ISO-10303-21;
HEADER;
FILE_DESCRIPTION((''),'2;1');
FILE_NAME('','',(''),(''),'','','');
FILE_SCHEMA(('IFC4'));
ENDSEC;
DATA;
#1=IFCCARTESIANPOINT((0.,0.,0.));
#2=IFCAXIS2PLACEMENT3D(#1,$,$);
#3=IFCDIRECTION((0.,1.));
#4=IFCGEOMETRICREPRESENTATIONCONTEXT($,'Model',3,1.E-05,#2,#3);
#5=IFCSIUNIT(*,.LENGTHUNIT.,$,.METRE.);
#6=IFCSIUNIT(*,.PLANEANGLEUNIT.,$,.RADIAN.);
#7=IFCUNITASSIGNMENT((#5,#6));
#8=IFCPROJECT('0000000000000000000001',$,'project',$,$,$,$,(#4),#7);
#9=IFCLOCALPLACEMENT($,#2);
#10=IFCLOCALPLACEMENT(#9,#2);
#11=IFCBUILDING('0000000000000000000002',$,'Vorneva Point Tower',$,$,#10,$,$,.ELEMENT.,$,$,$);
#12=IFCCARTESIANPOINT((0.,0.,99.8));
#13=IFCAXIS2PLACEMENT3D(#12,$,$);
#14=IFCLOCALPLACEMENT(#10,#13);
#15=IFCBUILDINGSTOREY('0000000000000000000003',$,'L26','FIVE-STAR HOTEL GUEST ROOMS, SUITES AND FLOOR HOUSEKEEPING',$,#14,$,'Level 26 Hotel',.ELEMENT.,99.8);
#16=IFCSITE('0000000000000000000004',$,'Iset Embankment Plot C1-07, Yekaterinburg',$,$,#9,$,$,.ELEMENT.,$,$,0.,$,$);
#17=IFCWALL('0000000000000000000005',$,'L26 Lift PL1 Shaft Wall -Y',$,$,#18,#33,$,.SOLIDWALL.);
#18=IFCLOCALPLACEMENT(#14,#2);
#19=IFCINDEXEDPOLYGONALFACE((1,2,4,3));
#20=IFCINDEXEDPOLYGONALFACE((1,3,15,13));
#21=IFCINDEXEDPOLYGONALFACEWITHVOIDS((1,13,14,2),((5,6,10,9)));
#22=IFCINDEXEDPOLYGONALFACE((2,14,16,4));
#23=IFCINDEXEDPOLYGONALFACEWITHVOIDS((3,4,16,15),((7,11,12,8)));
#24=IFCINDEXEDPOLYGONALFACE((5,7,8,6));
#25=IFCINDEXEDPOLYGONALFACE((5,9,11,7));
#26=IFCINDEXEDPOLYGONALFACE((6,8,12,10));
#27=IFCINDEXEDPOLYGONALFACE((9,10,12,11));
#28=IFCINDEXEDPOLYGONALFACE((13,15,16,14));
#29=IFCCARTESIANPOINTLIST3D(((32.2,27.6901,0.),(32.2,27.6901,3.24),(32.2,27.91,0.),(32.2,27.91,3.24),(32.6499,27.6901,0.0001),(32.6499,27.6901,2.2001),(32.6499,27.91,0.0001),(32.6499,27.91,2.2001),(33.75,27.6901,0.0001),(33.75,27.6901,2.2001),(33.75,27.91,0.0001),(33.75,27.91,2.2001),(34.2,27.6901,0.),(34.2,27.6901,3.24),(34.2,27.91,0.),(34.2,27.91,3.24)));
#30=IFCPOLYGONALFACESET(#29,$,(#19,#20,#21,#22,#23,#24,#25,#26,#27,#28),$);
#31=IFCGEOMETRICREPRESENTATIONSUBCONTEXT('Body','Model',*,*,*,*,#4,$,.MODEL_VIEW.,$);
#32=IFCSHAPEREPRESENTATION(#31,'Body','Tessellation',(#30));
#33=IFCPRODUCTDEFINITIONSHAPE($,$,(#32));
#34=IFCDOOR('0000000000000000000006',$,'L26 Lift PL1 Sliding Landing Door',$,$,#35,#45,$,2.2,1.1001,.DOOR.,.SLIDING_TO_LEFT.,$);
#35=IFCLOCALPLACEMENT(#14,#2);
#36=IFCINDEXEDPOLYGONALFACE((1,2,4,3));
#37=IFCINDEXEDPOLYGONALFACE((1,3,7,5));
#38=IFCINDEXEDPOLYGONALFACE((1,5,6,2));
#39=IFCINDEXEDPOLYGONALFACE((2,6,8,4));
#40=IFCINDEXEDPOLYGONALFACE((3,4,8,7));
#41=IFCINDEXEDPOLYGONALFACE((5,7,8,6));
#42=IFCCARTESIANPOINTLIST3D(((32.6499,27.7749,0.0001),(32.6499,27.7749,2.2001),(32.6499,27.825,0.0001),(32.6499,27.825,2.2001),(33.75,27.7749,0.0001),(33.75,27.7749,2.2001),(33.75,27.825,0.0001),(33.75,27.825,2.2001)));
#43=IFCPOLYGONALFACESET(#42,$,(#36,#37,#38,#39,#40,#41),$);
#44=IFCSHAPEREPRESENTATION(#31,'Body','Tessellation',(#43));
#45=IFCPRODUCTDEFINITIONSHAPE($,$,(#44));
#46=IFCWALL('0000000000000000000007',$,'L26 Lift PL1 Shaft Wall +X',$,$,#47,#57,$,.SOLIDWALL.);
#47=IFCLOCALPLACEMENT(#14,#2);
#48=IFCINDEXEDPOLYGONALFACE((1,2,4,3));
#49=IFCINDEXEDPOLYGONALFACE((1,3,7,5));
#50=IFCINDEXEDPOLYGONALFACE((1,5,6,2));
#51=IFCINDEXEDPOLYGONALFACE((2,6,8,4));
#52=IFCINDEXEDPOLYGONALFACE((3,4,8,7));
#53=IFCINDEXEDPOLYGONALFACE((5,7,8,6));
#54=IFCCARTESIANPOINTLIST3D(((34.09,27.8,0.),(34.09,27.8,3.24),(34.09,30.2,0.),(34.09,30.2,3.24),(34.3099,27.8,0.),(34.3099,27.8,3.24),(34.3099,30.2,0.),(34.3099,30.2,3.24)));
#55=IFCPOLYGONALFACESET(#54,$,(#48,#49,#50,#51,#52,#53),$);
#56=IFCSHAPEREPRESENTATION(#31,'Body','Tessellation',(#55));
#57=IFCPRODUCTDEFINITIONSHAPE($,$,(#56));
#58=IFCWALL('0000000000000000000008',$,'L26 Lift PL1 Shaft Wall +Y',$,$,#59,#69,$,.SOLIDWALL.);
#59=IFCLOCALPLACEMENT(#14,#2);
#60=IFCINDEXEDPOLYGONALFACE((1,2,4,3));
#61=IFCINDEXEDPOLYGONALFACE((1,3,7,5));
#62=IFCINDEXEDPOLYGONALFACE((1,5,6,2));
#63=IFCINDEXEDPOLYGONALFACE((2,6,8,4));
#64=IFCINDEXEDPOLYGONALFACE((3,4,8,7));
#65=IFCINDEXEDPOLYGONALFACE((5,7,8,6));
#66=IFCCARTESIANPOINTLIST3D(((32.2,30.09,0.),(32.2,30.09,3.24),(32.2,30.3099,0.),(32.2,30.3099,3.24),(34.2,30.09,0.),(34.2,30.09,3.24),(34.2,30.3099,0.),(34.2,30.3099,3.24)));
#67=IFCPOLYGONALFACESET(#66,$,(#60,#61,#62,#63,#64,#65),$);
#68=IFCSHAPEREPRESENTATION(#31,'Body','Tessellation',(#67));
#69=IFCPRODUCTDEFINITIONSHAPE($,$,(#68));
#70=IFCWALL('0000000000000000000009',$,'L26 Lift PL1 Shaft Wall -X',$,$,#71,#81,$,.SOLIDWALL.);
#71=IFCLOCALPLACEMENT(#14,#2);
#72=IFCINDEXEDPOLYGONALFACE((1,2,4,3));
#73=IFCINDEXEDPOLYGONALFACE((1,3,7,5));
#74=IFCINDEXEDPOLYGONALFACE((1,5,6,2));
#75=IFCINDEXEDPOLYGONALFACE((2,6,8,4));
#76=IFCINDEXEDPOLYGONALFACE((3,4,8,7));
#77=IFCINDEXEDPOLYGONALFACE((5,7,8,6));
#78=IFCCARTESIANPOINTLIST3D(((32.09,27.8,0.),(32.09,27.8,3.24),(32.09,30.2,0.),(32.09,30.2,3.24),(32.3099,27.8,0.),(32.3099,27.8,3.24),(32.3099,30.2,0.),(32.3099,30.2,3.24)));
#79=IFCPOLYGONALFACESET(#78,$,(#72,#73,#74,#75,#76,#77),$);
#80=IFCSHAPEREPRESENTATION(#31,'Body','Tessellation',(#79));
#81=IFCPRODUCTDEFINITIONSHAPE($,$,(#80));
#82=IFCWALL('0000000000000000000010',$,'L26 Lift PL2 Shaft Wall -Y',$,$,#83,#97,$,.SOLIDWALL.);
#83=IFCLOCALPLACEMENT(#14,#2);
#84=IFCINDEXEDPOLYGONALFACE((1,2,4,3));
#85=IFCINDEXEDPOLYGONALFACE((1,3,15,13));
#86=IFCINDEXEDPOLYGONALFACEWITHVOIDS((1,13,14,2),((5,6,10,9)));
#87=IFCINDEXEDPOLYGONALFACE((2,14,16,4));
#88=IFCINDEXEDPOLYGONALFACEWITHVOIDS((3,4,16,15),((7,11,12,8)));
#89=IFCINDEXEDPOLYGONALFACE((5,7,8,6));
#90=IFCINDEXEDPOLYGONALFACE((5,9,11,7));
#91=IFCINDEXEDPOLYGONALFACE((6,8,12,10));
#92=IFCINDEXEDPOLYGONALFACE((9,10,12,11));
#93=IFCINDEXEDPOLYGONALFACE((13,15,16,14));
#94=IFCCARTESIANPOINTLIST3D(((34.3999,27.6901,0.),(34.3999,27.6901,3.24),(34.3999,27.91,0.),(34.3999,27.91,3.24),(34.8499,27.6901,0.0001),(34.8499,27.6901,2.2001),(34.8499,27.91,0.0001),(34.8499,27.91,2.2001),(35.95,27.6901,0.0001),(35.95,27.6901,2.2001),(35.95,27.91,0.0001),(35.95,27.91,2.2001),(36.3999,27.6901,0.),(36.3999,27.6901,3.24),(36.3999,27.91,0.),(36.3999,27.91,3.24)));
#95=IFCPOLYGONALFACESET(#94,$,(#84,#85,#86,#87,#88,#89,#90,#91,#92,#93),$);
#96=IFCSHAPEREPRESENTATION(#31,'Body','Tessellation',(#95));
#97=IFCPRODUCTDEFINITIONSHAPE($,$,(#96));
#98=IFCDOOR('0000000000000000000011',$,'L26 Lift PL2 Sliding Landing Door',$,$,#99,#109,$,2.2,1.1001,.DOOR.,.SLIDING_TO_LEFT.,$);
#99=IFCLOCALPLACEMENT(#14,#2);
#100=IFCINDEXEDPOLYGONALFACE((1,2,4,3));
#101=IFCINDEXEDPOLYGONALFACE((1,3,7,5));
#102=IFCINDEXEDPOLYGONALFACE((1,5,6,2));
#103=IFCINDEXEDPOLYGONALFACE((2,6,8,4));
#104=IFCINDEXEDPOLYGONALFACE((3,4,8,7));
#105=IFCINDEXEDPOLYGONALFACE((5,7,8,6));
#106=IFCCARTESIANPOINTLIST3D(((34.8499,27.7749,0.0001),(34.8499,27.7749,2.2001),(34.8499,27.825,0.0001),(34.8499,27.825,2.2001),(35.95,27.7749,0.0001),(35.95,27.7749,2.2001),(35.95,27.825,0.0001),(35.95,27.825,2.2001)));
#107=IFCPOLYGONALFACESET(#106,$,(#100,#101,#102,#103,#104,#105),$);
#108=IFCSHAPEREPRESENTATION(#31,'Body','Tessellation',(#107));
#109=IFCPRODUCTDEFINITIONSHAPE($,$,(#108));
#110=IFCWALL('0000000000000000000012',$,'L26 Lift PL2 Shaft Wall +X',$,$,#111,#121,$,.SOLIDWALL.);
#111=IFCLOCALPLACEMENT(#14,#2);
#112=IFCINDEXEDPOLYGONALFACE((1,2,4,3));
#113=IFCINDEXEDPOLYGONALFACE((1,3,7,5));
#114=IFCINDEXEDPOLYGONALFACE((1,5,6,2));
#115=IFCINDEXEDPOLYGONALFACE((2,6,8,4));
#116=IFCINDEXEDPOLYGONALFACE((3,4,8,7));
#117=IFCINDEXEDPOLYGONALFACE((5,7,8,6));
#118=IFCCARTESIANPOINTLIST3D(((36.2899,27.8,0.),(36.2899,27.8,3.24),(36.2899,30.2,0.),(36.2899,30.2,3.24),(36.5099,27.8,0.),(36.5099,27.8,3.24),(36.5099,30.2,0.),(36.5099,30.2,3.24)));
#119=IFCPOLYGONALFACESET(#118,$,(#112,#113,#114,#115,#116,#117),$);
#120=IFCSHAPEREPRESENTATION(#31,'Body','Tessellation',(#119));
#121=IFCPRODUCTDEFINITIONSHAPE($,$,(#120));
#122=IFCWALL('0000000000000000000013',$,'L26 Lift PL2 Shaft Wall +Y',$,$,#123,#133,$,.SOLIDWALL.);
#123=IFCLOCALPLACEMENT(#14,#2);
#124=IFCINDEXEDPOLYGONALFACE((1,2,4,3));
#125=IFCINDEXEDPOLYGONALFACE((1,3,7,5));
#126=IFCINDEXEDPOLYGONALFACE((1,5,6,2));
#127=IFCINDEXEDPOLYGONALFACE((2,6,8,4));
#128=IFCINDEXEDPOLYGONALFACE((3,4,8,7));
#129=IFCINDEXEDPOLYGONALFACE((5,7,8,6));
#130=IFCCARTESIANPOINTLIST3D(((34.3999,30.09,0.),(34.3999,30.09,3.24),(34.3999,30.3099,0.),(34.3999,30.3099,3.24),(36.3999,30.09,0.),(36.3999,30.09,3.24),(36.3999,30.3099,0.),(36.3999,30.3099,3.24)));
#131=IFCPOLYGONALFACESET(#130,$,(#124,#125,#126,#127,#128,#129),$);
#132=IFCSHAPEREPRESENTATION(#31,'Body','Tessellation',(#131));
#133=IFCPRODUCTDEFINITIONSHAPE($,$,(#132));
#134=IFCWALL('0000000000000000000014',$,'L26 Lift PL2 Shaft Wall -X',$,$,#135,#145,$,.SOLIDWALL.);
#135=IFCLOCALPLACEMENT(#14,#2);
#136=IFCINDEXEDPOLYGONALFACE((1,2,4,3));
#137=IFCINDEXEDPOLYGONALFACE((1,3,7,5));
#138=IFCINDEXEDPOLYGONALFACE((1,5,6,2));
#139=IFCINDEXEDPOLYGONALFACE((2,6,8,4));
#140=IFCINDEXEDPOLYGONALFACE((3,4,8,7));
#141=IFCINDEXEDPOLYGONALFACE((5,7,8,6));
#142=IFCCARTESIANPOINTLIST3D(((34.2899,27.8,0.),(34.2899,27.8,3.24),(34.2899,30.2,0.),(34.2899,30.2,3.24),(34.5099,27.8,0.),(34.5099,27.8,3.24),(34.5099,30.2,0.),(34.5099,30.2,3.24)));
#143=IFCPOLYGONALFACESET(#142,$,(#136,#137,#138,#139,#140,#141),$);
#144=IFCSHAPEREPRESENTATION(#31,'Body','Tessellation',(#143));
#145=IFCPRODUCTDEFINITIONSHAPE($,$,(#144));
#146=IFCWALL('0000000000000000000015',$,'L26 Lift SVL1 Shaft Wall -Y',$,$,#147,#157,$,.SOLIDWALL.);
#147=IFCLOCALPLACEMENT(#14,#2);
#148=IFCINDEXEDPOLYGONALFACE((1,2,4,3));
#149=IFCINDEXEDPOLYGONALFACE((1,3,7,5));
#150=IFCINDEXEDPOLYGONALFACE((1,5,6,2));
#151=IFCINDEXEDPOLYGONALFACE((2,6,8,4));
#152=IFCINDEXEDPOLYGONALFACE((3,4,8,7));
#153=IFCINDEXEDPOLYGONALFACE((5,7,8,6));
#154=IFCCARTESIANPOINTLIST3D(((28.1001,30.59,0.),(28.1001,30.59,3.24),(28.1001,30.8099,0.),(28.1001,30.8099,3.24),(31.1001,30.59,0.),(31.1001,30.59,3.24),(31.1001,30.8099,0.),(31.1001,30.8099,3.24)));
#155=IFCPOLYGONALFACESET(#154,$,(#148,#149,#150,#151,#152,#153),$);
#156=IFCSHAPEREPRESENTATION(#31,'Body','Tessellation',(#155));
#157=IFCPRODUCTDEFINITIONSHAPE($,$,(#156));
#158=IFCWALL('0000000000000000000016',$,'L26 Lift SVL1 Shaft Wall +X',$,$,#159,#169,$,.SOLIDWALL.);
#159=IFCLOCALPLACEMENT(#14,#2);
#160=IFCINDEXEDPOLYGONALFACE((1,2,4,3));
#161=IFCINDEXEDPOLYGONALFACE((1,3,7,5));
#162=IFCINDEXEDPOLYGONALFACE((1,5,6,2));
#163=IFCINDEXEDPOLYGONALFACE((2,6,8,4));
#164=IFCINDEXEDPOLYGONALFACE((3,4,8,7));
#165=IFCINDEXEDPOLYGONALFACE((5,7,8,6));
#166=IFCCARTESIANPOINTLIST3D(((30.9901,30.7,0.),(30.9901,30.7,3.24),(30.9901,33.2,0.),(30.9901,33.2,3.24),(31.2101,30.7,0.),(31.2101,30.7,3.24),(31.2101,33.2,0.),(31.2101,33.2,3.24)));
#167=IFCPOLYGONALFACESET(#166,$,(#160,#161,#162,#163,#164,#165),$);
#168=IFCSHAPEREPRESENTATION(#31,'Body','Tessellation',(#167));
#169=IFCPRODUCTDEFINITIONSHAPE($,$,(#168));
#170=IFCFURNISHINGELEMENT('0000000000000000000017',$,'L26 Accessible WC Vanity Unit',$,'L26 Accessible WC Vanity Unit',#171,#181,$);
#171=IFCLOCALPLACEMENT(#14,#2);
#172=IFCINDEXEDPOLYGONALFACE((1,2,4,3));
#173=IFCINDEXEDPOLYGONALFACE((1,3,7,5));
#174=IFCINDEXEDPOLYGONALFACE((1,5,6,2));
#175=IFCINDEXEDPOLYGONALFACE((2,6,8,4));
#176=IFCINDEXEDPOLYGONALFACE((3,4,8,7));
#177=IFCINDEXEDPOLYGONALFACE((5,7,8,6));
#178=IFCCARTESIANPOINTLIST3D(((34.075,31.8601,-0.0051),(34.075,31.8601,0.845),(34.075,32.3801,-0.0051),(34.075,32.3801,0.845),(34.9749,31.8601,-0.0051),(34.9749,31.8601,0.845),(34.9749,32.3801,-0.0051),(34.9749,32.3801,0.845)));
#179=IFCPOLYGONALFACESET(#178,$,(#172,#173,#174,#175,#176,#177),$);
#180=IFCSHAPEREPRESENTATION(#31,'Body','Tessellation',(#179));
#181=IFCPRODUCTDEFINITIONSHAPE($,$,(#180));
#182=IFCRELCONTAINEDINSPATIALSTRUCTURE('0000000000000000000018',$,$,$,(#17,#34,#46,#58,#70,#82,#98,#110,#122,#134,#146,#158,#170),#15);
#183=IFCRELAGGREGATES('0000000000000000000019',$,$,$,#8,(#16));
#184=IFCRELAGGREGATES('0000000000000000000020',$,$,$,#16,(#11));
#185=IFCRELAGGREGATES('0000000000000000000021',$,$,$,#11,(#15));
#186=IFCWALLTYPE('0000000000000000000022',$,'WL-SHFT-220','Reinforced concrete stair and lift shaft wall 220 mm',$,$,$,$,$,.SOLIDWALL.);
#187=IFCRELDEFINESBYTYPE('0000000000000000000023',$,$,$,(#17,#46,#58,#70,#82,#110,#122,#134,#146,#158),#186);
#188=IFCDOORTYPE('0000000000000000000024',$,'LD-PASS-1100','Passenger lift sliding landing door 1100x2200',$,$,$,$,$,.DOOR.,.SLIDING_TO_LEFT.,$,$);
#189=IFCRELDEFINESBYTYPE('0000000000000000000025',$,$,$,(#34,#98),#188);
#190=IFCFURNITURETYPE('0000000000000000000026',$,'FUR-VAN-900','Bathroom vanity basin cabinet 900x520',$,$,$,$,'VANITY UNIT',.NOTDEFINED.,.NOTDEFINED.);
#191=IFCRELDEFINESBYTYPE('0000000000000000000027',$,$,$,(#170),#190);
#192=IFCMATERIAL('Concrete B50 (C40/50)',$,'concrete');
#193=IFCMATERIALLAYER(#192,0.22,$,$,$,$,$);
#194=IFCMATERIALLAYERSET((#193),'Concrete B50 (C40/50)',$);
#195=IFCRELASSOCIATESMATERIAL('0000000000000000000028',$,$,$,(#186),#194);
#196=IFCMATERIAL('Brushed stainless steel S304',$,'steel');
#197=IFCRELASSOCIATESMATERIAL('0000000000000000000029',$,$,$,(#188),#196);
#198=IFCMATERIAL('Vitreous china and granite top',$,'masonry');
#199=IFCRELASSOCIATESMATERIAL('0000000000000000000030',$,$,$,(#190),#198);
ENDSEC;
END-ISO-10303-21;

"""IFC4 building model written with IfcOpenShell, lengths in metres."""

from ifc_helpers import new_model, si_unit, direction, frame, frame_2d, origin, origin_2d, place, context, subcontext, project, spatial, rectangle, extrude, material, layer, layer_set, type_object, element, fill, save


model = new_model("IFC4")

# Units and contexts
model_context = context("Model", 3, precision=1e-05, world=origin(), true_north=direction((0.0, 1.0)))
body_context = subcontext(model_context, "Body", "Model", "MODEL_VIEW")
ifc_project = project(units=[si_unit("LENGTHUNIT", "METRE"), si_unit("PLANEANGLEUNIT", "RADIAN")], contexts=[model_context])

# Site, building, storey
site_placement = place(None, origin())
site = spatial("IfcSite", under=ifc_project, at=site_placement, Name="Iset Embankment Plot C1-07, Yekaterinburg", CompositionType="ELEMENT", RefElevation=0.0)
building_placement = place(site_placement, origin())
building = spatial("IfcBuilding", under=site, at=building_placement, Name="Vorneva Point Tower", CompositionType="ELEMENT")
storey_placement = place(building_placement, frame((0.0, 0.0, 99.8)))
storey = spatial("IfcBuildingStorey", under=building, at=storey_placement, Name="L26", Description="FIVE-STAR HOTEL GUEST ROOMS, SUITES AND FLOOR HOUSEKEEPING", LongName="Level 26 Hotel", CompositionType="ELEMENT", Elevation=99.8)

# Wall, opening, door
ifc_material_1 = material(Name="Concrete B50 (C40/50)", Category="concrete")
ifc_layer_1 = layer(ifc_material_1, 0.22)
ifc_layer_set_1 = layer_set([ifc_layer_1], Name="Concrete B50 (C40/50)")
wall_type_1 = type_object("IfcWallType", Name="WL-SHFT-220", Description="Reinforced concrete stair and lift shaft wall 220 mm", PredefinedType="SOLIDWALL", material=ifc_layer_set_1)
wall_1_placement = place(storey_placement, frame((32.2, 27.8, 0.0), z_axis=(0.0, 0.0, 1.0), x_axis=(1.0, 0.0, 0.0)))
wall_1 = element("IfcWall", 1, at=wall_1_placement, inside=storey, type_object=wall_type_1, Name="L26 Lift PL1 Shaft Wall -Y", PredefinedType="SOLIDWALL", context=body_context, shape_type="SweptSolid", body=[
    extrude(rectangle(XDim=2.0, YDim=0.22, at=frame_2d((1.0, 0.0))), origin(), (0.0, 0.0, 1.0), 3.24),
])
opening_1_placement = place(wall_1_placement, frame((0.45, 0.0, 0.0)))
opening_1 = element("IfcOpeningElement", 2, at=opening_1_placement, cuts=wall_1, PredefinedType="OPENING", context=body_context, shape_type="SweptSolid", body=[
    extrude(rectangle(XDim=1.1001, YDim=2.2, at=frame_2d((0.55, 1.1001))), frame((0.0, 0.125, 0.0), z_axis=(0.0, -1.0, 0.0), x_axis=(1.0, 0.0, 0.0)), (0.0, 0.0, 1.0), 0.2498),
])
ifc_material_2 = material(Name="Brushed stainless steel S304", Category="steel")
door_type = type_object("IfcDoorType", Name="LD-PASS-1100", Description="Passenger lift sliding landing door 1100x2200", OperationType="SLIDING_TO_LEFT", PredefinedType="DOOR", material=ifc_material_2)
door_1_placement = place(opening_1_placement, origin())
door_1 = element("IfcDoor", 3, at=door_1_placement, inside=storey, type_object=door_type, Name="L26 Lift PL1 Sliding Landing Door", OperationType="SLIDING_TO_LEFT", OverallHeight=2.2, OverallWidth=1.1001, PredefinedType="DOOR", context=body_context, shape_type="SweptSolid", body=[
    extrude(rectangle(XDim=1.1001, YDim=2.2, at=frame_2d((0.55, 1.1001))), frame((0.0, 0.0249, 0.0), z_axis=(0.0, -1.0, 0.0), x_axis=(1.0, 0.0, 0.0)), (0.0, 0.0, 1.0), 0.05),
])
fill(opening_1, door_1)

# Walls
wall_2_placement = place(storey_placement, frame((34.2, 27.8, 0.0), z_axis=(0.0, 0.0, 1.0), x_axis=(0.0, 1.0, 0.0)))
element("IfcWall", 4, at=wall_2_placement, inside=storey, type_object=wall_type_1, Name="L26 Lift PL1 Shaft Wall +X", PredefinedType="SOLIDWALL", context=body_context, shape_type="SweptSolid", body=[
    extrude(rectangle(XDim=2.3999, YDim=0.22, at=frame_2d((1.2, 0.0))), origin(), (0.0, 0.0, 1.0), 3.24),
])
wall_3_placement = place(storey_placement, frame((34.2, 30.2, 0.0), z_axis=(0.0, 0.0, 1.0), x_axis=(-1.0, 0.0, 0.0)))
element("IfcWall", 5, at=wall_3_placement, inside=storey, type_object=wall_type_1, Name="L26 Lift PL1 Shaft Wall +Y", PredefinedType="SOLIDWALL", context=body_context, shape_type="SweptSolid", body=[
    extrude(rectangle(XDim=2.0, YDim=0.22, at=frame_2d((1.0, 0.0))), origin(), (0.0, 0.0, 1.0), 3.24),
])
wall_4_placement = place(storey_placement, frame((32.2, 30.2, 0.0), z_axis=(0.0, 0.0, 1.0), x_axis=(0.0, -1.0, 0.0)))
element("IfcWall", 6, at=wall_4_placement, inside=storey, type_object=wall_type_1, Name="L26 Lift PL1 Shaft Wall -X", PredefinedType="SOLIDWALL", context=body_context, shape_type="SweptSolid", body=[
    extrude(rectangle(XDim=2.3999, YDim=0.22, at=frame_2d((1.2, 0.0))), origin(), (0.0, 0.0, 1.0), 3.24),
])

# Wall, opening, door
wall_5_placement = place(storey_placement, frame((34.3999, 27.8, 0.0), z_axis=(0.0, 0.0, 1.0), x_axis=(1.0, 0.0, 0.0)))
wall_5 = element("IfcWall", 7, at=wall_5_placement, inside=storey, type_object=wall_type_1, Name="L26 Lift PL2 Shaft Wall -Y", PredefinedType="SOLIDWALL", context=body_context, shape_type="SweptSolid", body=[
    extrude(rectangle(XDim=2.0, YDim=0.22, at=frame_2d((1.0, 0.0))), origin(), (0.0, 0.0, 1.0), 3.24),
])
opening_2_placement = place(wall_5_placement, frame((0.45, 0.0, 0.0)))
opening_2 = element("IfcOpeningElement", 8, at=opening_2_placement, cuts=wall_5, PredefinedType="OPENING", context=body_context, shape_type="SweptSolid", body=[
    extrude(rectangle(XDim=1.1001, YDim=2.2, at=frame_2d((0.55, 1.1001))), frame((0.0, 0.125, 0.0), z_axis=(0.0, -1.0, 0.0), x_axis=(1.0, 0.0, 0.0)), (0.0, 0.0, 1.0), 0.2498),
])
door_2_placement = place(opening_2_placement, origin())
door_2 = element("IfcDoor", 9, at=door_2_placement, inside=storey, type_object=door_type, Name="L26 Lift PL2 Sliding Landing Door", OperationType="SLIDING_TO_LEFT", OverallHeight=2.2, OverallWidth=1.1001, PredefinedType="DOOR", context=body_context, shape_type="SweptSolid", body=[
    extrude(rectangle(XDim=1.1001, YDim=2.2, at=frame_2d((0.55, 1.1001))), frame((0.0, 0.0249, 0.0), z_axis=(0.0, -1.0, 0.0), x_axis=(1.0, 0.0, 0.0)), (0.0, 0.0, 1.0), 0.05),
])
fill(opening_2, door_2)

# Walls
wall_6_placement = place(storey_placement, frame((36.3999, 27.8, 0.0), z_axis=(0.0, 0.0, 1.0), x_axis=(0.0, 1.0, 0.0)))
element("IfcWall", 10, at=wall_6_placement, inside=storey, type_object=wall_type_1, Name="L26 Lift PL2 Shaft Wall +X", PredefinedType="SOLIDWALL", context=body_context, shape_type="SweptSolid", body=[
    extrude(rectangle(XDim=2.3999, YDim=0.22, at=frame_2d((1.2, 0.0))), origin(), (0.0, 0.0, 1.0), 3.24),
])
wall_7_placement = place(storey_placement, frame((36.3999, 30.2, 0.0), z_axis=(0.0, 0.0, 1.0), x_axis=(-1.0, 0.0, 0.0)))
element("IfcWall", 11, at=wall_7_placement, inside=storey, type_object=wall_type_1, Name="L26 Lift PL2 Shaft Wall +Y", PredefinedType="SOLIDWALL", context=body_context, shape_type="SweptSolid", body=[
    extrude(rectangle(XDim=2.0, YDim=0.22, at=frame_2d((1.0, 0.0))), origin(), (0.0, 0.0, 1.0), 3.24),
])
wall_8_placement = place(storey_placement, frame((34.3999, 30.2, 0.0), z_axis=(0.0, 0.0, 1.0), x_axis=(0.0, -1.0, 0.0)))
element("IfcWall", 12, at=wall_8_placement, inside=storey, type_object=wall_type_1, Name="L26 Lift PL2 Shaft Wall -X", PredefinedType="SOLIDWALL", context=body_context, shape_type="SweptSolid", body=[
    extrude(rectangle(XDim=2.3999, YDim=0.22, at=frame_2d((1.2, 0.0))), origin(), (0.0, 0.0, 1.0), 3.24),
])
wall_9_placement = place(storey_placement, frame((28.1001, 30.7, 0.0), z_axis=(0.0, 0.0, 1.0), x_axis=(1.0, 0.0, 0.0)))
element("IfcWall", 13, at=wall_9_placement, inside=storey, type_object=wall_type_1, Name="L26 Lift SVL1 Shaft Wall -Y", PredefinedType="SOLIDWALL", context=body_context, shape_type="SweptSolid", body=[
    extrude(rectangle(XDim=3.0, YDim=0.22, at=frame_2d((1.5, 0.0))), origin(), (0.0, 0.0, 1.0), 3.24),
])
wall_10_placement = place(storey_placement, frame((31.1001, 30.7, 0.0), z_axis=(0.0, 0.0, 1.0), x_axis=(0.0, 1.0, 0.0)))
element("IfcWall", 14, at=wall_10_placement, inside=storey, type_object=wall_type_1, Name="L26 Lift SVL1 Shaft Wall +X", PredefinedType="SOLIDWALL", context=body_context, shape_type="SweptSolid", body=[
    extrude(rectangle(XDim=2.5, YDim=0.22, at=frame_2d((1.25, 0.0))), origin(), (0.0, 0.0, 1.0), 3.24),
])

# Furnishing element
ifc_material_3 = material(Name="Vitreous china and granite top", Category="masonry")
furniture_type = type_object("IfcFurnitureType", Name="FUR-VAN-900", Description="Bathroom vanity basin cabinet 900x520", ElementType="VANITY UNIT", AssemblyPlace="NOTDEFINED", PredefinedType="NOTDEFINED", material=ifc_material_3)
furnishing_placement = place(storey_placement, frame((34.5249, 32.1201, -0.0051), z_axis=(0.0, 0.0, 1.0), x_axis=(1.0, 0.0, 0.0)))
element("IfcFurnishingElement", 15, at=furnishing_placement, inside=storey, type_object=furniture_type, Name="L26 Accessible WC Vanity Unit", ObjectType="L26 Accessible WC Vanity Unit", context=body_context, shape_type="SweptSolid", body=[
    extrude(rectangle(XDim=0.8999, YDim=0.52, at=origin_2d()), origin(), (0.0, 0.0, 1.0), 0.8501),
])

save(model, "model.ifc")
